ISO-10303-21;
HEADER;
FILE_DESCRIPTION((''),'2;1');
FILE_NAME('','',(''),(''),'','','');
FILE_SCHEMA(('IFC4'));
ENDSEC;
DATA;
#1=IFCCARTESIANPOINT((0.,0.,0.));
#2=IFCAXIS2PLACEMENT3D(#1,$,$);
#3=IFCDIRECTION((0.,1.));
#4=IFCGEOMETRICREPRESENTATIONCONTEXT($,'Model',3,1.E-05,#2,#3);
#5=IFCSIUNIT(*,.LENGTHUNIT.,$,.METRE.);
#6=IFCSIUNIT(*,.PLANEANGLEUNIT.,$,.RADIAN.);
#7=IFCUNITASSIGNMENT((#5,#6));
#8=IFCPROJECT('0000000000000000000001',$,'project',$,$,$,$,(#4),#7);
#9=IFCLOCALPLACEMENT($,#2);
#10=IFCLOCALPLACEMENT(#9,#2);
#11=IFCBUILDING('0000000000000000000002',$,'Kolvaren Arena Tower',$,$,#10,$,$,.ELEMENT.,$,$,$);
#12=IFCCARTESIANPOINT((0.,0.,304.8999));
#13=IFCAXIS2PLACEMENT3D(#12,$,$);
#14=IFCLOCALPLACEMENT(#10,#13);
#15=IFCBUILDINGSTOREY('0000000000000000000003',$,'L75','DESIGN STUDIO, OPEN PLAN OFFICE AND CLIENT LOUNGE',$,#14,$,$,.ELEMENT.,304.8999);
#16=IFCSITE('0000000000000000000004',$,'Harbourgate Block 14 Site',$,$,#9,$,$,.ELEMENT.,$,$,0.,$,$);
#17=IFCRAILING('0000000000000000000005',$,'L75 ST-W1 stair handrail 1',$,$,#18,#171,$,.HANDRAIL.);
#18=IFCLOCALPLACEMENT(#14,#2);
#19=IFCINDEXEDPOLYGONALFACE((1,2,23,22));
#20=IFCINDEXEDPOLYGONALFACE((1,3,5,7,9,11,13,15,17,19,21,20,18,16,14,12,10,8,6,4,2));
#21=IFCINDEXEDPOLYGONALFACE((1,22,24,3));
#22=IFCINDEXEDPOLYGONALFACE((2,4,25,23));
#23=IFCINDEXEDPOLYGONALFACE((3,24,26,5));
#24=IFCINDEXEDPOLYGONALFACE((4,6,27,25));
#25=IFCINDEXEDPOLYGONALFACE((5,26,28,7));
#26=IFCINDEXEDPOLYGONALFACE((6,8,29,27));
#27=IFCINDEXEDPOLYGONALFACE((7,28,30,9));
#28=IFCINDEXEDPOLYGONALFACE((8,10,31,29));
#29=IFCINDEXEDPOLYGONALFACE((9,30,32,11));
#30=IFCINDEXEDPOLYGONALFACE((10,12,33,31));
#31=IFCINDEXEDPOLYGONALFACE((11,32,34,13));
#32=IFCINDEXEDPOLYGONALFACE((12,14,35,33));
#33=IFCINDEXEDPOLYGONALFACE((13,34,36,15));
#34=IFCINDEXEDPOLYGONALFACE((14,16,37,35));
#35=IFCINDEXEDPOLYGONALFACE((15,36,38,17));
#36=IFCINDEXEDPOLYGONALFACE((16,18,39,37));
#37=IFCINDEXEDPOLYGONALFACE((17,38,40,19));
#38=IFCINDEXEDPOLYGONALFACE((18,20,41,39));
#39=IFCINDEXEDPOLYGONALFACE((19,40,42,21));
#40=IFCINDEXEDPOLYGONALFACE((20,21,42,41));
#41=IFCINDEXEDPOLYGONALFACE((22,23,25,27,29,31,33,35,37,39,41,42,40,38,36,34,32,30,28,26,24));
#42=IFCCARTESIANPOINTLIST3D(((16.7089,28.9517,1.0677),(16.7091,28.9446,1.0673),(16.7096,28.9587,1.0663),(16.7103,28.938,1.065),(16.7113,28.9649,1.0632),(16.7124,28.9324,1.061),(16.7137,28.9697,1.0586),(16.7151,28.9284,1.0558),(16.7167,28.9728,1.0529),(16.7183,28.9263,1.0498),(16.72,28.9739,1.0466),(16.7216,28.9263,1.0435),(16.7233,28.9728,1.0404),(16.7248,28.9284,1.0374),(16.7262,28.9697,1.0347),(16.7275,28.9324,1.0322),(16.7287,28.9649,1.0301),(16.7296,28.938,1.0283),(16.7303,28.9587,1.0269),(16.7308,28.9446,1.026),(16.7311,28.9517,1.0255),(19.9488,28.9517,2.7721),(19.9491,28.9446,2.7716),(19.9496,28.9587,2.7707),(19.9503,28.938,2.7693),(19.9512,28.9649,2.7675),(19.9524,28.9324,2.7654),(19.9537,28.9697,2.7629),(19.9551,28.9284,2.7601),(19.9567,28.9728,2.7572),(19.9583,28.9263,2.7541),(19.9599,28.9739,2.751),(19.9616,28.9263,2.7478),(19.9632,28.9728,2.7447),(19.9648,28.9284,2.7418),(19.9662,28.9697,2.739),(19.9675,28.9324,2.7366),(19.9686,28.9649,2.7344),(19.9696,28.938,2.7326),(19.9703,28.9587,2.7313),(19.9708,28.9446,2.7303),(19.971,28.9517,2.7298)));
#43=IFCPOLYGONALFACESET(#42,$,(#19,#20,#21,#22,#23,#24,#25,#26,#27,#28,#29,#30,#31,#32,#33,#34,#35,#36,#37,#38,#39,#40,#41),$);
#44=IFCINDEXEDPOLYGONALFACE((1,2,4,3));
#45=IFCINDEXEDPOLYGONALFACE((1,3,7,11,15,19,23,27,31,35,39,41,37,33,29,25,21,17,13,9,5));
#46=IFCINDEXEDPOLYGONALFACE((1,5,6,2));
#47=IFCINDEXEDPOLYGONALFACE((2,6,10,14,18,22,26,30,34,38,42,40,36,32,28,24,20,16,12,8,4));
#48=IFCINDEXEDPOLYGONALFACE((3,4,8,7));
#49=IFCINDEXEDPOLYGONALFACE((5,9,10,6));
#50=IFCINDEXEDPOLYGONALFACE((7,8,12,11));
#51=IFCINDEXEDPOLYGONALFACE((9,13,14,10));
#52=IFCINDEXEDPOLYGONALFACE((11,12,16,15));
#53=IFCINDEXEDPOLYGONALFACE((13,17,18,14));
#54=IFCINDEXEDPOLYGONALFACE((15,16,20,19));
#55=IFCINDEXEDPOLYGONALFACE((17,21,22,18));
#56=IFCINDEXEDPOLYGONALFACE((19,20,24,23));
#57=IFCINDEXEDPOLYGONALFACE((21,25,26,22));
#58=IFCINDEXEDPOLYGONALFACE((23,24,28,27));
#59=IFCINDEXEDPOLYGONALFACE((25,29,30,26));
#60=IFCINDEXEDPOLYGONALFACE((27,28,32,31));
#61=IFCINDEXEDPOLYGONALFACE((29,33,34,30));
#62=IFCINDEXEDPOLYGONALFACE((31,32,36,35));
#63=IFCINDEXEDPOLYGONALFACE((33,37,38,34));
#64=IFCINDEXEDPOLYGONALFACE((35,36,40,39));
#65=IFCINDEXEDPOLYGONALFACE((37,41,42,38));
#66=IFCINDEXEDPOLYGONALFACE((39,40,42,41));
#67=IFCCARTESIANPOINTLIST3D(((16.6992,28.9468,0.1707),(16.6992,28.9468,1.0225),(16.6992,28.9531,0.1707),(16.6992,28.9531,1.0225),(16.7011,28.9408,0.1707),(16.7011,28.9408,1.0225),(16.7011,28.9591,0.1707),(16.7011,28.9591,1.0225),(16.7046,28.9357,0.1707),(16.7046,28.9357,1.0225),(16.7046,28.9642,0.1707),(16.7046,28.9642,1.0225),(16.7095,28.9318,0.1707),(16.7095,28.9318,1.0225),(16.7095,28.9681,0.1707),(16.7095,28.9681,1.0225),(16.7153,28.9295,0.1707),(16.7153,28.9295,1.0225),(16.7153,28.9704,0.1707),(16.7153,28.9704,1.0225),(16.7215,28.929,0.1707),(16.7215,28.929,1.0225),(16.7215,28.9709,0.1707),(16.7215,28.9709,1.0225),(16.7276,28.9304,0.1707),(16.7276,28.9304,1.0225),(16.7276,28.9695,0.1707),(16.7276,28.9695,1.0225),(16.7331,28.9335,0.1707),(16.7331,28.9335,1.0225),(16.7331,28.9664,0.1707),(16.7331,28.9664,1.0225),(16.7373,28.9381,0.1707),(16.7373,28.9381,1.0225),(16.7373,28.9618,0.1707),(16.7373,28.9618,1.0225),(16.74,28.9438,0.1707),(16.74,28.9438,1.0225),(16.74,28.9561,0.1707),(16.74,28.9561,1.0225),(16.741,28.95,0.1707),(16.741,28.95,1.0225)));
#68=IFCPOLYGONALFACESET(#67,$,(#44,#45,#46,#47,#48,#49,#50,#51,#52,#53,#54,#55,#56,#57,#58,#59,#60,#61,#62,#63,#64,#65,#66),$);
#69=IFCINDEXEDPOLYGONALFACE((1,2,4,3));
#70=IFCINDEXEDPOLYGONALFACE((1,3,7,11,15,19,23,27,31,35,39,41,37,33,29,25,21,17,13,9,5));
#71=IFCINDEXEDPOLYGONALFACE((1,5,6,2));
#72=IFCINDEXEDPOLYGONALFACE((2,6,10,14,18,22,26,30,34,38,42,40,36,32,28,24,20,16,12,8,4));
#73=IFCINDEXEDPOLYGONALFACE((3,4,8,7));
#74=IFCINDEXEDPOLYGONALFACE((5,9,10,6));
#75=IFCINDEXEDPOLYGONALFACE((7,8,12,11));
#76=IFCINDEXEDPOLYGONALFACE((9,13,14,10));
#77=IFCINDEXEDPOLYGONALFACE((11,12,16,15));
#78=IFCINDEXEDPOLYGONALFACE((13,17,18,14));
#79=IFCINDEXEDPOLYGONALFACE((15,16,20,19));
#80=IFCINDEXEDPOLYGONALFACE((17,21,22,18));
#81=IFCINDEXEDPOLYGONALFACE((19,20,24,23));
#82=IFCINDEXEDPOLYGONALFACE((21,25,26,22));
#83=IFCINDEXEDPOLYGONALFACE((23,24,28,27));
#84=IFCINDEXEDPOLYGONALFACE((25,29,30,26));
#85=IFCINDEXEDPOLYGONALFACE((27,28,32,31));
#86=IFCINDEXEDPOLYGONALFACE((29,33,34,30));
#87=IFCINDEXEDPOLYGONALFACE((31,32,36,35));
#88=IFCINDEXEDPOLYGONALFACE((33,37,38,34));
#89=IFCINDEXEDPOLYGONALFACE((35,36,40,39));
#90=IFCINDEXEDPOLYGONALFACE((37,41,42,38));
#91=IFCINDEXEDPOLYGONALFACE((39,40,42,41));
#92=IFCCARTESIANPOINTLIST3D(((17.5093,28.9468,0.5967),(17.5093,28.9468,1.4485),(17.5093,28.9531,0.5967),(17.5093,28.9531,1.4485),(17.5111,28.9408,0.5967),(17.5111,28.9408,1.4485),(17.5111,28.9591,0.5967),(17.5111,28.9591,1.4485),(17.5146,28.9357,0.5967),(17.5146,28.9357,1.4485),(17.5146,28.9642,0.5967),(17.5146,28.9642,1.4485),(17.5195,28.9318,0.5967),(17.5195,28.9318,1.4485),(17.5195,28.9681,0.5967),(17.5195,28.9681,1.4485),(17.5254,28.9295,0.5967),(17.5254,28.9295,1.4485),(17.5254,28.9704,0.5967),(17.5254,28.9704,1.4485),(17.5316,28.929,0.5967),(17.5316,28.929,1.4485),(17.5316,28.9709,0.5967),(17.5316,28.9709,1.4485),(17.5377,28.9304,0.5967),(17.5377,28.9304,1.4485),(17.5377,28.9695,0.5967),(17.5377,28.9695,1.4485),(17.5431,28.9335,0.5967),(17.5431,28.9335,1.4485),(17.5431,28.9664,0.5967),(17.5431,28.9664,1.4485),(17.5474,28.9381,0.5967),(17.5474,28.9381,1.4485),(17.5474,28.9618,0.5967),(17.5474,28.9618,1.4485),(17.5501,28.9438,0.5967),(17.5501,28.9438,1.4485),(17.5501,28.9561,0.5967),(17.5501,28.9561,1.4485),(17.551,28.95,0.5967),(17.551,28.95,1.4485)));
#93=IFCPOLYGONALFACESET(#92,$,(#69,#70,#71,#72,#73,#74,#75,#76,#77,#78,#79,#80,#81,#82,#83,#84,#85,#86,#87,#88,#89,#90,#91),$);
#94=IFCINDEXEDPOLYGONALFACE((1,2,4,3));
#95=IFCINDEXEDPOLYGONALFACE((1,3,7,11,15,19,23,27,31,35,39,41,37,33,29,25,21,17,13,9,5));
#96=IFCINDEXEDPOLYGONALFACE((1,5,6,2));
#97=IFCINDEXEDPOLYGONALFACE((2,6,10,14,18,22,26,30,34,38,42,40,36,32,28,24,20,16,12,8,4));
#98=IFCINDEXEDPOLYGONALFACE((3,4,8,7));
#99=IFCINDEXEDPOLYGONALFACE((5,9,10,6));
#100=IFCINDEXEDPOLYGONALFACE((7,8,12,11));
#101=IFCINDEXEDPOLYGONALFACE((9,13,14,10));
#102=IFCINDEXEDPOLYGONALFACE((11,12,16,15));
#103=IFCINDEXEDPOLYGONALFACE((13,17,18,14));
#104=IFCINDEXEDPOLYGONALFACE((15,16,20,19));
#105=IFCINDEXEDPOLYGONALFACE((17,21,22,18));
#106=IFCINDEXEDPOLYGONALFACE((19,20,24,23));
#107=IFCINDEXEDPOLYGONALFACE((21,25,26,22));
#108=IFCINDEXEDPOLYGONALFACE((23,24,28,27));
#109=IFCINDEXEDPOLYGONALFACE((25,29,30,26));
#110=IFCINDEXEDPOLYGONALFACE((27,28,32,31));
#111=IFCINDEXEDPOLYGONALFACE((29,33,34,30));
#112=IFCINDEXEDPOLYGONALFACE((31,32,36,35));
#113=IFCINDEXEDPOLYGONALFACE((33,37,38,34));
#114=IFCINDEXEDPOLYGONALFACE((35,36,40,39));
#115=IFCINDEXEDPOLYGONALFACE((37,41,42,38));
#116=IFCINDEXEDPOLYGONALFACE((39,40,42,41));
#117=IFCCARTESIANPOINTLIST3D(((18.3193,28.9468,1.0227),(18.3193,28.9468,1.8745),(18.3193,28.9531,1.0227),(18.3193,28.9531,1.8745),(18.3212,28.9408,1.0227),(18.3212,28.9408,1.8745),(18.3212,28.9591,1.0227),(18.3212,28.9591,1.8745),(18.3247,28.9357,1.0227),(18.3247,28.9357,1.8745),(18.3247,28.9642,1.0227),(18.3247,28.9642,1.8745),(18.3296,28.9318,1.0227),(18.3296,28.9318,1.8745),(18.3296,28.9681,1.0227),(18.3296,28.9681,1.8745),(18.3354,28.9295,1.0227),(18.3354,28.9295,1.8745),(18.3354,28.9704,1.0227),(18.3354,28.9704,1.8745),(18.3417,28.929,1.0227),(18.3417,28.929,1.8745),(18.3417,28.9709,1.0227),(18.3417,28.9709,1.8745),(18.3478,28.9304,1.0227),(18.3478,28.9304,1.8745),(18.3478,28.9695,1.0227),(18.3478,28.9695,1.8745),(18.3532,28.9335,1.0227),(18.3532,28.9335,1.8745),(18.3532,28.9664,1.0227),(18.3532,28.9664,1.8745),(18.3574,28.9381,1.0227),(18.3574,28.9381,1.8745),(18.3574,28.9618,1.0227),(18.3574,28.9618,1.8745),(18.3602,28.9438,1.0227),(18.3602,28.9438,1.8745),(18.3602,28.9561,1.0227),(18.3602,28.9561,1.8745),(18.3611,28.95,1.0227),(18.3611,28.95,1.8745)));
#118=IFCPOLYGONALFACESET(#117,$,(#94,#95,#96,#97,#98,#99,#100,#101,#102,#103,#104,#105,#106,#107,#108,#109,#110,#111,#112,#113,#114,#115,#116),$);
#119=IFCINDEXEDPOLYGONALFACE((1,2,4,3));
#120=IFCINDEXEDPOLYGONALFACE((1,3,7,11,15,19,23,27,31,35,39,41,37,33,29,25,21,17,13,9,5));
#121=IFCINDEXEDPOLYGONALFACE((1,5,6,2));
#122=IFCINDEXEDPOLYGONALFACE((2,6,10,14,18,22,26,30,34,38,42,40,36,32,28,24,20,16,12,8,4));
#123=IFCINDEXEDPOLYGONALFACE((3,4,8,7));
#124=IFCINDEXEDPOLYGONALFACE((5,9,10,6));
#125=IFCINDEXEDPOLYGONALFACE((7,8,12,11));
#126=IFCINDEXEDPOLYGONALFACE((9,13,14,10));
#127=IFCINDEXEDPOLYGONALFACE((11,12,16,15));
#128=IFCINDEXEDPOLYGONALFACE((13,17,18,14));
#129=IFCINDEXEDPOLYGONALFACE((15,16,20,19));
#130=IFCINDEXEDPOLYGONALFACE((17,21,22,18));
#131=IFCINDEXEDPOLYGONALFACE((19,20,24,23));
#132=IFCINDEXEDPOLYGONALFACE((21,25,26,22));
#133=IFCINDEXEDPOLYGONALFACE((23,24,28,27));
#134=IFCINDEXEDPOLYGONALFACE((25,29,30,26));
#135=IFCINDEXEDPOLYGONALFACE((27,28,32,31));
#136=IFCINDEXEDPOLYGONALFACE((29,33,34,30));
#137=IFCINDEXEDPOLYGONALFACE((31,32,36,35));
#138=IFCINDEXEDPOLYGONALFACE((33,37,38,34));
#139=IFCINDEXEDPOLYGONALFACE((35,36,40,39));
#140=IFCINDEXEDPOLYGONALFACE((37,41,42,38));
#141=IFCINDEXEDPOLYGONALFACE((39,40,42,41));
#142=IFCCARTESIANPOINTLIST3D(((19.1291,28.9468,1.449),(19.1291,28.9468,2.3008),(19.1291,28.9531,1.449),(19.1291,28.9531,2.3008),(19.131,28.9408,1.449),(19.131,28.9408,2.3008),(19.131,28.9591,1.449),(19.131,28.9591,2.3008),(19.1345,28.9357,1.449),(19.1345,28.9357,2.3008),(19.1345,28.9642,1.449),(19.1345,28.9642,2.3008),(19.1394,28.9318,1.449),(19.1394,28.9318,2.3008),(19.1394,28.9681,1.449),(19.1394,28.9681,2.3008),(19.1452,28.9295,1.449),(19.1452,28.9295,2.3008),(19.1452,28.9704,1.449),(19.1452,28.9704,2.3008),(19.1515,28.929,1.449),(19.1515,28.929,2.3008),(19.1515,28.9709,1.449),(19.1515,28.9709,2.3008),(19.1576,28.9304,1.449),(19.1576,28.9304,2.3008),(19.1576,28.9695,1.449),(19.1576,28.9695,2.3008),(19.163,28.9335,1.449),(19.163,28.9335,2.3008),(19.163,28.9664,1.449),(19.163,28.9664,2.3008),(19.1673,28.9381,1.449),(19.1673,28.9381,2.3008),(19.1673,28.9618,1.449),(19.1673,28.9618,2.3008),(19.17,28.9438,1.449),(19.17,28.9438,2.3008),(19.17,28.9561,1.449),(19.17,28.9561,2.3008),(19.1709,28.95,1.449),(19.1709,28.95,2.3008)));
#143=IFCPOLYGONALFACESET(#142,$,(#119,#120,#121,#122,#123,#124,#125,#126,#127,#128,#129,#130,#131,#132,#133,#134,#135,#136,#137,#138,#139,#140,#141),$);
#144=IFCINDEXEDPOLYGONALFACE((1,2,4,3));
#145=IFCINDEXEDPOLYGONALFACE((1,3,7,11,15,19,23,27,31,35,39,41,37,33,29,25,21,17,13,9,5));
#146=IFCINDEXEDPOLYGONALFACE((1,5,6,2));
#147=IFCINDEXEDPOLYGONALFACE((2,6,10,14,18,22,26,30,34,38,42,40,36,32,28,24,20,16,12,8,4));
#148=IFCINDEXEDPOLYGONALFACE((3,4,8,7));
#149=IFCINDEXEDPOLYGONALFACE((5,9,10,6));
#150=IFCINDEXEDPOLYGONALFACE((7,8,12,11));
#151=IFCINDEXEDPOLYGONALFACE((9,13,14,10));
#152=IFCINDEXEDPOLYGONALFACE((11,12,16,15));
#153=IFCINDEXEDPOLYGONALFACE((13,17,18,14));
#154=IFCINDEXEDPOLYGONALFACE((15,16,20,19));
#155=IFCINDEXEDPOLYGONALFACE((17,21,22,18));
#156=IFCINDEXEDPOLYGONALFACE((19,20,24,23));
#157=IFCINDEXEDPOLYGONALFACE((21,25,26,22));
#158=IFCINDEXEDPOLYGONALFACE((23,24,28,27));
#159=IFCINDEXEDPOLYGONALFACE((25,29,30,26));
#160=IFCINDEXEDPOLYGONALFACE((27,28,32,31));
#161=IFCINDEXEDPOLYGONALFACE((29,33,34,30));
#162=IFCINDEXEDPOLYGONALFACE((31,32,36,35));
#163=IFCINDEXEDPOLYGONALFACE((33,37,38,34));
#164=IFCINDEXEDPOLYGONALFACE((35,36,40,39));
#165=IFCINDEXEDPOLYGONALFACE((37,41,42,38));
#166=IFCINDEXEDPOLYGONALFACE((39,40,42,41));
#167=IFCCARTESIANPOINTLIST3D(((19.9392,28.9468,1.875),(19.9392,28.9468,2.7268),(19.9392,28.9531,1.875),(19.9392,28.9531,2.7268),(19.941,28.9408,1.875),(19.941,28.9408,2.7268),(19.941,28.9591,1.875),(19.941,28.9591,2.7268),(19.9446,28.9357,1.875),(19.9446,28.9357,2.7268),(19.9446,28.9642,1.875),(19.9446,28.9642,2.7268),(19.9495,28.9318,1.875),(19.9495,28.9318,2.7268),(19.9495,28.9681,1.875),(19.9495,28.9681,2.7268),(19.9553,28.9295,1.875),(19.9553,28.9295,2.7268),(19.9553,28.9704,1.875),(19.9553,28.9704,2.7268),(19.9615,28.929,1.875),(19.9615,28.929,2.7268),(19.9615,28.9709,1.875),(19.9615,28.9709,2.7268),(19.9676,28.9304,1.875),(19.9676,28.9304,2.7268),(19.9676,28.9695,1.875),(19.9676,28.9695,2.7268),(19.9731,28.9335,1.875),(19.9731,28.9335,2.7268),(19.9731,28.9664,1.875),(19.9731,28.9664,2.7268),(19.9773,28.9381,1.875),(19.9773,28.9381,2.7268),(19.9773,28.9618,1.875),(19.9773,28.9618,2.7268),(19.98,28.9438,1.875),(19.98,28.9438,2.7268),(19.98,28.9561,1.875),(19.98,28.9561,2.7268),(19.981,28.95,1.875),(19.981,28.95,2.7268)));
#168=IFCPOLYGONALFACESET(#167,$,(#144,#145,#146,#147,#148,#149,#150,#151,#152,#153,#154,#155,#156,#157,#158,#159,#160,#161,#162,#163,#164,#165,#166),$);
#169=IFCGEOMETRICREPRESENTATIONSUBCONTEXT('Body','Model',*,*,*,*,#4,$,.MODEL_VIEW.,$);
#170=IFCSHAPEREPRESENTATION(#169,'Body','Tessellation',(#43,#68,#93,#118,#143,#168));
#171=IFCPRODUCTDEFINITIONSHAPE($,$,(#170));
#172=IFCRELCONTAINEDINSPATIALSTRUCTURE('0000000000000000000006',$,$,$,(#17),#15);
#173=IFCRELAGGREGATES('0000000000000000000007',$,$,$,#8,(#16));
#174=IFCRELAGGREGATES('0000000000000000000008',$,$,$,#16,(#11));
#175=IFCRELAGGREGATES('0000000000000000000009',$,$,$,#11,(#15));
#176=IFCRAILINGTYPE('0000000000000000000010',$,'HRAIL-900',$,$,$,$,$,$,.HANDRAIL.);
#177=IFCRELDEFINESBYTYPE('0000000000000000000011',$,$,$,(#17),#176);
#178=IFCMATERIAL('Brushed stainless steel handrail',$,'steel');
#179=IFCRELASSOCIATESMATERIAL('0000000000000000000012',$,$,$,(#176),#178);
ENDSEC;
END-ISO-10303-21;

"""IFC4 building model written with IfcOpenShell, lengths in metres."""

from ifc_helpers import new_model, si_unit, direction, frame, origin, origin_2d, place, context, subcontext, project, spatial, circle, extrude, material, type_object, element, save


model = new_model("IFC4")

# Units and contexts
model_context = context("Model", 3, precision=1e-05, world=origin(), true_north=direction((0.0, 1.0)))
body_context = subcontext(model_context, "Body", "Model", "MODEL_VIEW")
ifc_project = project(units=[si_unit("LENGTHUNIT", "METRE"), si_unit("PLANEANGLEUNIT", "RADIAN")], contexts=[model_context])

# Site, building, storey
site_placement = place(None, origin())
site = spatial("IfcSite", under=ifc_project, at=site_placement, Name="Harbourgate Block 14 Site", CompositionType="ELEMENT", RefElevation=0.0)
building_placement = place(site_placement, origin())
building = spatial("IfcBuilding", under=site, at=building_placement, Name="Kolvaren Arena Tower", CompositionType="ELEMENT")
storey_placement = place(building_placement, frame((0.0, 0.0, 304.8999)))
storey = spatial("IfcBuildingStorey", under=building, at=storey_placement, Name="L75", Description="DESIGN STUDIO, OPEN PLAN OFFICE AND CLIENT LOUNGE", CompositionType="ELEMENT", Elevation=304.8999)

# Railing
ifc_material_1 = material(Name="Brushed stainless steel handrail", Category="steel")
railing_type_1 = type_object("IfcRailingType", Name="HRAIL-900", PredefinedType="HANDRAIL", material=ifc_material_1)
railing_1_placement = place(storey_placement, frame((16.72, 28.95, 0.1707)))
element("IfcRailing", 1, at=railing_1_placement, inside=storey, type_object=railing_type_1, Name="L75 ST-W1 stair handrail 1", PredefinedType="HANDRAIL", context=body_context, shape_type="SweptSolid", body=[
    extrude(circle(Radius=0.0239, at=origin_2d()), frame((0.0, 0.0, 0.876), z_axis=(0.885021, 0.0, 0.465551), x_axis=(0.0, 1.0, 0.0)), (0.0, 0.0, 1.0), 3.6609),
    extrude(circle(Radius=0.021, at=origin_2d()), origin(), (0.0, 0.0, 1.0), 0.8518),
    extrude(circle(Radius=0.021, at=origin_2d()), frame((0.8101, 0.0, 0.426)), (0.0, 0.0, 1.0), 0.8518),
    extrude(circle(Radius=0.021, at=origin_2d()), frame((1.6201, 0.0, 0.8521)), (0.0, 0.0, 1.0), 0.8518),
    extrude(circle(Radius=0.021, at=origin_2d()), frame((2.4299, 0.0, 1.2783)), (0.0, 0.0, 1.0), 0.8518),
    extrude(circle(Radius=0.021, at=origin_2d()), frame((3.24, 0.0, 1.7043)), (0.0, 0.0, 1.0), 0.8518),
])

save(model, "model.ifc")
